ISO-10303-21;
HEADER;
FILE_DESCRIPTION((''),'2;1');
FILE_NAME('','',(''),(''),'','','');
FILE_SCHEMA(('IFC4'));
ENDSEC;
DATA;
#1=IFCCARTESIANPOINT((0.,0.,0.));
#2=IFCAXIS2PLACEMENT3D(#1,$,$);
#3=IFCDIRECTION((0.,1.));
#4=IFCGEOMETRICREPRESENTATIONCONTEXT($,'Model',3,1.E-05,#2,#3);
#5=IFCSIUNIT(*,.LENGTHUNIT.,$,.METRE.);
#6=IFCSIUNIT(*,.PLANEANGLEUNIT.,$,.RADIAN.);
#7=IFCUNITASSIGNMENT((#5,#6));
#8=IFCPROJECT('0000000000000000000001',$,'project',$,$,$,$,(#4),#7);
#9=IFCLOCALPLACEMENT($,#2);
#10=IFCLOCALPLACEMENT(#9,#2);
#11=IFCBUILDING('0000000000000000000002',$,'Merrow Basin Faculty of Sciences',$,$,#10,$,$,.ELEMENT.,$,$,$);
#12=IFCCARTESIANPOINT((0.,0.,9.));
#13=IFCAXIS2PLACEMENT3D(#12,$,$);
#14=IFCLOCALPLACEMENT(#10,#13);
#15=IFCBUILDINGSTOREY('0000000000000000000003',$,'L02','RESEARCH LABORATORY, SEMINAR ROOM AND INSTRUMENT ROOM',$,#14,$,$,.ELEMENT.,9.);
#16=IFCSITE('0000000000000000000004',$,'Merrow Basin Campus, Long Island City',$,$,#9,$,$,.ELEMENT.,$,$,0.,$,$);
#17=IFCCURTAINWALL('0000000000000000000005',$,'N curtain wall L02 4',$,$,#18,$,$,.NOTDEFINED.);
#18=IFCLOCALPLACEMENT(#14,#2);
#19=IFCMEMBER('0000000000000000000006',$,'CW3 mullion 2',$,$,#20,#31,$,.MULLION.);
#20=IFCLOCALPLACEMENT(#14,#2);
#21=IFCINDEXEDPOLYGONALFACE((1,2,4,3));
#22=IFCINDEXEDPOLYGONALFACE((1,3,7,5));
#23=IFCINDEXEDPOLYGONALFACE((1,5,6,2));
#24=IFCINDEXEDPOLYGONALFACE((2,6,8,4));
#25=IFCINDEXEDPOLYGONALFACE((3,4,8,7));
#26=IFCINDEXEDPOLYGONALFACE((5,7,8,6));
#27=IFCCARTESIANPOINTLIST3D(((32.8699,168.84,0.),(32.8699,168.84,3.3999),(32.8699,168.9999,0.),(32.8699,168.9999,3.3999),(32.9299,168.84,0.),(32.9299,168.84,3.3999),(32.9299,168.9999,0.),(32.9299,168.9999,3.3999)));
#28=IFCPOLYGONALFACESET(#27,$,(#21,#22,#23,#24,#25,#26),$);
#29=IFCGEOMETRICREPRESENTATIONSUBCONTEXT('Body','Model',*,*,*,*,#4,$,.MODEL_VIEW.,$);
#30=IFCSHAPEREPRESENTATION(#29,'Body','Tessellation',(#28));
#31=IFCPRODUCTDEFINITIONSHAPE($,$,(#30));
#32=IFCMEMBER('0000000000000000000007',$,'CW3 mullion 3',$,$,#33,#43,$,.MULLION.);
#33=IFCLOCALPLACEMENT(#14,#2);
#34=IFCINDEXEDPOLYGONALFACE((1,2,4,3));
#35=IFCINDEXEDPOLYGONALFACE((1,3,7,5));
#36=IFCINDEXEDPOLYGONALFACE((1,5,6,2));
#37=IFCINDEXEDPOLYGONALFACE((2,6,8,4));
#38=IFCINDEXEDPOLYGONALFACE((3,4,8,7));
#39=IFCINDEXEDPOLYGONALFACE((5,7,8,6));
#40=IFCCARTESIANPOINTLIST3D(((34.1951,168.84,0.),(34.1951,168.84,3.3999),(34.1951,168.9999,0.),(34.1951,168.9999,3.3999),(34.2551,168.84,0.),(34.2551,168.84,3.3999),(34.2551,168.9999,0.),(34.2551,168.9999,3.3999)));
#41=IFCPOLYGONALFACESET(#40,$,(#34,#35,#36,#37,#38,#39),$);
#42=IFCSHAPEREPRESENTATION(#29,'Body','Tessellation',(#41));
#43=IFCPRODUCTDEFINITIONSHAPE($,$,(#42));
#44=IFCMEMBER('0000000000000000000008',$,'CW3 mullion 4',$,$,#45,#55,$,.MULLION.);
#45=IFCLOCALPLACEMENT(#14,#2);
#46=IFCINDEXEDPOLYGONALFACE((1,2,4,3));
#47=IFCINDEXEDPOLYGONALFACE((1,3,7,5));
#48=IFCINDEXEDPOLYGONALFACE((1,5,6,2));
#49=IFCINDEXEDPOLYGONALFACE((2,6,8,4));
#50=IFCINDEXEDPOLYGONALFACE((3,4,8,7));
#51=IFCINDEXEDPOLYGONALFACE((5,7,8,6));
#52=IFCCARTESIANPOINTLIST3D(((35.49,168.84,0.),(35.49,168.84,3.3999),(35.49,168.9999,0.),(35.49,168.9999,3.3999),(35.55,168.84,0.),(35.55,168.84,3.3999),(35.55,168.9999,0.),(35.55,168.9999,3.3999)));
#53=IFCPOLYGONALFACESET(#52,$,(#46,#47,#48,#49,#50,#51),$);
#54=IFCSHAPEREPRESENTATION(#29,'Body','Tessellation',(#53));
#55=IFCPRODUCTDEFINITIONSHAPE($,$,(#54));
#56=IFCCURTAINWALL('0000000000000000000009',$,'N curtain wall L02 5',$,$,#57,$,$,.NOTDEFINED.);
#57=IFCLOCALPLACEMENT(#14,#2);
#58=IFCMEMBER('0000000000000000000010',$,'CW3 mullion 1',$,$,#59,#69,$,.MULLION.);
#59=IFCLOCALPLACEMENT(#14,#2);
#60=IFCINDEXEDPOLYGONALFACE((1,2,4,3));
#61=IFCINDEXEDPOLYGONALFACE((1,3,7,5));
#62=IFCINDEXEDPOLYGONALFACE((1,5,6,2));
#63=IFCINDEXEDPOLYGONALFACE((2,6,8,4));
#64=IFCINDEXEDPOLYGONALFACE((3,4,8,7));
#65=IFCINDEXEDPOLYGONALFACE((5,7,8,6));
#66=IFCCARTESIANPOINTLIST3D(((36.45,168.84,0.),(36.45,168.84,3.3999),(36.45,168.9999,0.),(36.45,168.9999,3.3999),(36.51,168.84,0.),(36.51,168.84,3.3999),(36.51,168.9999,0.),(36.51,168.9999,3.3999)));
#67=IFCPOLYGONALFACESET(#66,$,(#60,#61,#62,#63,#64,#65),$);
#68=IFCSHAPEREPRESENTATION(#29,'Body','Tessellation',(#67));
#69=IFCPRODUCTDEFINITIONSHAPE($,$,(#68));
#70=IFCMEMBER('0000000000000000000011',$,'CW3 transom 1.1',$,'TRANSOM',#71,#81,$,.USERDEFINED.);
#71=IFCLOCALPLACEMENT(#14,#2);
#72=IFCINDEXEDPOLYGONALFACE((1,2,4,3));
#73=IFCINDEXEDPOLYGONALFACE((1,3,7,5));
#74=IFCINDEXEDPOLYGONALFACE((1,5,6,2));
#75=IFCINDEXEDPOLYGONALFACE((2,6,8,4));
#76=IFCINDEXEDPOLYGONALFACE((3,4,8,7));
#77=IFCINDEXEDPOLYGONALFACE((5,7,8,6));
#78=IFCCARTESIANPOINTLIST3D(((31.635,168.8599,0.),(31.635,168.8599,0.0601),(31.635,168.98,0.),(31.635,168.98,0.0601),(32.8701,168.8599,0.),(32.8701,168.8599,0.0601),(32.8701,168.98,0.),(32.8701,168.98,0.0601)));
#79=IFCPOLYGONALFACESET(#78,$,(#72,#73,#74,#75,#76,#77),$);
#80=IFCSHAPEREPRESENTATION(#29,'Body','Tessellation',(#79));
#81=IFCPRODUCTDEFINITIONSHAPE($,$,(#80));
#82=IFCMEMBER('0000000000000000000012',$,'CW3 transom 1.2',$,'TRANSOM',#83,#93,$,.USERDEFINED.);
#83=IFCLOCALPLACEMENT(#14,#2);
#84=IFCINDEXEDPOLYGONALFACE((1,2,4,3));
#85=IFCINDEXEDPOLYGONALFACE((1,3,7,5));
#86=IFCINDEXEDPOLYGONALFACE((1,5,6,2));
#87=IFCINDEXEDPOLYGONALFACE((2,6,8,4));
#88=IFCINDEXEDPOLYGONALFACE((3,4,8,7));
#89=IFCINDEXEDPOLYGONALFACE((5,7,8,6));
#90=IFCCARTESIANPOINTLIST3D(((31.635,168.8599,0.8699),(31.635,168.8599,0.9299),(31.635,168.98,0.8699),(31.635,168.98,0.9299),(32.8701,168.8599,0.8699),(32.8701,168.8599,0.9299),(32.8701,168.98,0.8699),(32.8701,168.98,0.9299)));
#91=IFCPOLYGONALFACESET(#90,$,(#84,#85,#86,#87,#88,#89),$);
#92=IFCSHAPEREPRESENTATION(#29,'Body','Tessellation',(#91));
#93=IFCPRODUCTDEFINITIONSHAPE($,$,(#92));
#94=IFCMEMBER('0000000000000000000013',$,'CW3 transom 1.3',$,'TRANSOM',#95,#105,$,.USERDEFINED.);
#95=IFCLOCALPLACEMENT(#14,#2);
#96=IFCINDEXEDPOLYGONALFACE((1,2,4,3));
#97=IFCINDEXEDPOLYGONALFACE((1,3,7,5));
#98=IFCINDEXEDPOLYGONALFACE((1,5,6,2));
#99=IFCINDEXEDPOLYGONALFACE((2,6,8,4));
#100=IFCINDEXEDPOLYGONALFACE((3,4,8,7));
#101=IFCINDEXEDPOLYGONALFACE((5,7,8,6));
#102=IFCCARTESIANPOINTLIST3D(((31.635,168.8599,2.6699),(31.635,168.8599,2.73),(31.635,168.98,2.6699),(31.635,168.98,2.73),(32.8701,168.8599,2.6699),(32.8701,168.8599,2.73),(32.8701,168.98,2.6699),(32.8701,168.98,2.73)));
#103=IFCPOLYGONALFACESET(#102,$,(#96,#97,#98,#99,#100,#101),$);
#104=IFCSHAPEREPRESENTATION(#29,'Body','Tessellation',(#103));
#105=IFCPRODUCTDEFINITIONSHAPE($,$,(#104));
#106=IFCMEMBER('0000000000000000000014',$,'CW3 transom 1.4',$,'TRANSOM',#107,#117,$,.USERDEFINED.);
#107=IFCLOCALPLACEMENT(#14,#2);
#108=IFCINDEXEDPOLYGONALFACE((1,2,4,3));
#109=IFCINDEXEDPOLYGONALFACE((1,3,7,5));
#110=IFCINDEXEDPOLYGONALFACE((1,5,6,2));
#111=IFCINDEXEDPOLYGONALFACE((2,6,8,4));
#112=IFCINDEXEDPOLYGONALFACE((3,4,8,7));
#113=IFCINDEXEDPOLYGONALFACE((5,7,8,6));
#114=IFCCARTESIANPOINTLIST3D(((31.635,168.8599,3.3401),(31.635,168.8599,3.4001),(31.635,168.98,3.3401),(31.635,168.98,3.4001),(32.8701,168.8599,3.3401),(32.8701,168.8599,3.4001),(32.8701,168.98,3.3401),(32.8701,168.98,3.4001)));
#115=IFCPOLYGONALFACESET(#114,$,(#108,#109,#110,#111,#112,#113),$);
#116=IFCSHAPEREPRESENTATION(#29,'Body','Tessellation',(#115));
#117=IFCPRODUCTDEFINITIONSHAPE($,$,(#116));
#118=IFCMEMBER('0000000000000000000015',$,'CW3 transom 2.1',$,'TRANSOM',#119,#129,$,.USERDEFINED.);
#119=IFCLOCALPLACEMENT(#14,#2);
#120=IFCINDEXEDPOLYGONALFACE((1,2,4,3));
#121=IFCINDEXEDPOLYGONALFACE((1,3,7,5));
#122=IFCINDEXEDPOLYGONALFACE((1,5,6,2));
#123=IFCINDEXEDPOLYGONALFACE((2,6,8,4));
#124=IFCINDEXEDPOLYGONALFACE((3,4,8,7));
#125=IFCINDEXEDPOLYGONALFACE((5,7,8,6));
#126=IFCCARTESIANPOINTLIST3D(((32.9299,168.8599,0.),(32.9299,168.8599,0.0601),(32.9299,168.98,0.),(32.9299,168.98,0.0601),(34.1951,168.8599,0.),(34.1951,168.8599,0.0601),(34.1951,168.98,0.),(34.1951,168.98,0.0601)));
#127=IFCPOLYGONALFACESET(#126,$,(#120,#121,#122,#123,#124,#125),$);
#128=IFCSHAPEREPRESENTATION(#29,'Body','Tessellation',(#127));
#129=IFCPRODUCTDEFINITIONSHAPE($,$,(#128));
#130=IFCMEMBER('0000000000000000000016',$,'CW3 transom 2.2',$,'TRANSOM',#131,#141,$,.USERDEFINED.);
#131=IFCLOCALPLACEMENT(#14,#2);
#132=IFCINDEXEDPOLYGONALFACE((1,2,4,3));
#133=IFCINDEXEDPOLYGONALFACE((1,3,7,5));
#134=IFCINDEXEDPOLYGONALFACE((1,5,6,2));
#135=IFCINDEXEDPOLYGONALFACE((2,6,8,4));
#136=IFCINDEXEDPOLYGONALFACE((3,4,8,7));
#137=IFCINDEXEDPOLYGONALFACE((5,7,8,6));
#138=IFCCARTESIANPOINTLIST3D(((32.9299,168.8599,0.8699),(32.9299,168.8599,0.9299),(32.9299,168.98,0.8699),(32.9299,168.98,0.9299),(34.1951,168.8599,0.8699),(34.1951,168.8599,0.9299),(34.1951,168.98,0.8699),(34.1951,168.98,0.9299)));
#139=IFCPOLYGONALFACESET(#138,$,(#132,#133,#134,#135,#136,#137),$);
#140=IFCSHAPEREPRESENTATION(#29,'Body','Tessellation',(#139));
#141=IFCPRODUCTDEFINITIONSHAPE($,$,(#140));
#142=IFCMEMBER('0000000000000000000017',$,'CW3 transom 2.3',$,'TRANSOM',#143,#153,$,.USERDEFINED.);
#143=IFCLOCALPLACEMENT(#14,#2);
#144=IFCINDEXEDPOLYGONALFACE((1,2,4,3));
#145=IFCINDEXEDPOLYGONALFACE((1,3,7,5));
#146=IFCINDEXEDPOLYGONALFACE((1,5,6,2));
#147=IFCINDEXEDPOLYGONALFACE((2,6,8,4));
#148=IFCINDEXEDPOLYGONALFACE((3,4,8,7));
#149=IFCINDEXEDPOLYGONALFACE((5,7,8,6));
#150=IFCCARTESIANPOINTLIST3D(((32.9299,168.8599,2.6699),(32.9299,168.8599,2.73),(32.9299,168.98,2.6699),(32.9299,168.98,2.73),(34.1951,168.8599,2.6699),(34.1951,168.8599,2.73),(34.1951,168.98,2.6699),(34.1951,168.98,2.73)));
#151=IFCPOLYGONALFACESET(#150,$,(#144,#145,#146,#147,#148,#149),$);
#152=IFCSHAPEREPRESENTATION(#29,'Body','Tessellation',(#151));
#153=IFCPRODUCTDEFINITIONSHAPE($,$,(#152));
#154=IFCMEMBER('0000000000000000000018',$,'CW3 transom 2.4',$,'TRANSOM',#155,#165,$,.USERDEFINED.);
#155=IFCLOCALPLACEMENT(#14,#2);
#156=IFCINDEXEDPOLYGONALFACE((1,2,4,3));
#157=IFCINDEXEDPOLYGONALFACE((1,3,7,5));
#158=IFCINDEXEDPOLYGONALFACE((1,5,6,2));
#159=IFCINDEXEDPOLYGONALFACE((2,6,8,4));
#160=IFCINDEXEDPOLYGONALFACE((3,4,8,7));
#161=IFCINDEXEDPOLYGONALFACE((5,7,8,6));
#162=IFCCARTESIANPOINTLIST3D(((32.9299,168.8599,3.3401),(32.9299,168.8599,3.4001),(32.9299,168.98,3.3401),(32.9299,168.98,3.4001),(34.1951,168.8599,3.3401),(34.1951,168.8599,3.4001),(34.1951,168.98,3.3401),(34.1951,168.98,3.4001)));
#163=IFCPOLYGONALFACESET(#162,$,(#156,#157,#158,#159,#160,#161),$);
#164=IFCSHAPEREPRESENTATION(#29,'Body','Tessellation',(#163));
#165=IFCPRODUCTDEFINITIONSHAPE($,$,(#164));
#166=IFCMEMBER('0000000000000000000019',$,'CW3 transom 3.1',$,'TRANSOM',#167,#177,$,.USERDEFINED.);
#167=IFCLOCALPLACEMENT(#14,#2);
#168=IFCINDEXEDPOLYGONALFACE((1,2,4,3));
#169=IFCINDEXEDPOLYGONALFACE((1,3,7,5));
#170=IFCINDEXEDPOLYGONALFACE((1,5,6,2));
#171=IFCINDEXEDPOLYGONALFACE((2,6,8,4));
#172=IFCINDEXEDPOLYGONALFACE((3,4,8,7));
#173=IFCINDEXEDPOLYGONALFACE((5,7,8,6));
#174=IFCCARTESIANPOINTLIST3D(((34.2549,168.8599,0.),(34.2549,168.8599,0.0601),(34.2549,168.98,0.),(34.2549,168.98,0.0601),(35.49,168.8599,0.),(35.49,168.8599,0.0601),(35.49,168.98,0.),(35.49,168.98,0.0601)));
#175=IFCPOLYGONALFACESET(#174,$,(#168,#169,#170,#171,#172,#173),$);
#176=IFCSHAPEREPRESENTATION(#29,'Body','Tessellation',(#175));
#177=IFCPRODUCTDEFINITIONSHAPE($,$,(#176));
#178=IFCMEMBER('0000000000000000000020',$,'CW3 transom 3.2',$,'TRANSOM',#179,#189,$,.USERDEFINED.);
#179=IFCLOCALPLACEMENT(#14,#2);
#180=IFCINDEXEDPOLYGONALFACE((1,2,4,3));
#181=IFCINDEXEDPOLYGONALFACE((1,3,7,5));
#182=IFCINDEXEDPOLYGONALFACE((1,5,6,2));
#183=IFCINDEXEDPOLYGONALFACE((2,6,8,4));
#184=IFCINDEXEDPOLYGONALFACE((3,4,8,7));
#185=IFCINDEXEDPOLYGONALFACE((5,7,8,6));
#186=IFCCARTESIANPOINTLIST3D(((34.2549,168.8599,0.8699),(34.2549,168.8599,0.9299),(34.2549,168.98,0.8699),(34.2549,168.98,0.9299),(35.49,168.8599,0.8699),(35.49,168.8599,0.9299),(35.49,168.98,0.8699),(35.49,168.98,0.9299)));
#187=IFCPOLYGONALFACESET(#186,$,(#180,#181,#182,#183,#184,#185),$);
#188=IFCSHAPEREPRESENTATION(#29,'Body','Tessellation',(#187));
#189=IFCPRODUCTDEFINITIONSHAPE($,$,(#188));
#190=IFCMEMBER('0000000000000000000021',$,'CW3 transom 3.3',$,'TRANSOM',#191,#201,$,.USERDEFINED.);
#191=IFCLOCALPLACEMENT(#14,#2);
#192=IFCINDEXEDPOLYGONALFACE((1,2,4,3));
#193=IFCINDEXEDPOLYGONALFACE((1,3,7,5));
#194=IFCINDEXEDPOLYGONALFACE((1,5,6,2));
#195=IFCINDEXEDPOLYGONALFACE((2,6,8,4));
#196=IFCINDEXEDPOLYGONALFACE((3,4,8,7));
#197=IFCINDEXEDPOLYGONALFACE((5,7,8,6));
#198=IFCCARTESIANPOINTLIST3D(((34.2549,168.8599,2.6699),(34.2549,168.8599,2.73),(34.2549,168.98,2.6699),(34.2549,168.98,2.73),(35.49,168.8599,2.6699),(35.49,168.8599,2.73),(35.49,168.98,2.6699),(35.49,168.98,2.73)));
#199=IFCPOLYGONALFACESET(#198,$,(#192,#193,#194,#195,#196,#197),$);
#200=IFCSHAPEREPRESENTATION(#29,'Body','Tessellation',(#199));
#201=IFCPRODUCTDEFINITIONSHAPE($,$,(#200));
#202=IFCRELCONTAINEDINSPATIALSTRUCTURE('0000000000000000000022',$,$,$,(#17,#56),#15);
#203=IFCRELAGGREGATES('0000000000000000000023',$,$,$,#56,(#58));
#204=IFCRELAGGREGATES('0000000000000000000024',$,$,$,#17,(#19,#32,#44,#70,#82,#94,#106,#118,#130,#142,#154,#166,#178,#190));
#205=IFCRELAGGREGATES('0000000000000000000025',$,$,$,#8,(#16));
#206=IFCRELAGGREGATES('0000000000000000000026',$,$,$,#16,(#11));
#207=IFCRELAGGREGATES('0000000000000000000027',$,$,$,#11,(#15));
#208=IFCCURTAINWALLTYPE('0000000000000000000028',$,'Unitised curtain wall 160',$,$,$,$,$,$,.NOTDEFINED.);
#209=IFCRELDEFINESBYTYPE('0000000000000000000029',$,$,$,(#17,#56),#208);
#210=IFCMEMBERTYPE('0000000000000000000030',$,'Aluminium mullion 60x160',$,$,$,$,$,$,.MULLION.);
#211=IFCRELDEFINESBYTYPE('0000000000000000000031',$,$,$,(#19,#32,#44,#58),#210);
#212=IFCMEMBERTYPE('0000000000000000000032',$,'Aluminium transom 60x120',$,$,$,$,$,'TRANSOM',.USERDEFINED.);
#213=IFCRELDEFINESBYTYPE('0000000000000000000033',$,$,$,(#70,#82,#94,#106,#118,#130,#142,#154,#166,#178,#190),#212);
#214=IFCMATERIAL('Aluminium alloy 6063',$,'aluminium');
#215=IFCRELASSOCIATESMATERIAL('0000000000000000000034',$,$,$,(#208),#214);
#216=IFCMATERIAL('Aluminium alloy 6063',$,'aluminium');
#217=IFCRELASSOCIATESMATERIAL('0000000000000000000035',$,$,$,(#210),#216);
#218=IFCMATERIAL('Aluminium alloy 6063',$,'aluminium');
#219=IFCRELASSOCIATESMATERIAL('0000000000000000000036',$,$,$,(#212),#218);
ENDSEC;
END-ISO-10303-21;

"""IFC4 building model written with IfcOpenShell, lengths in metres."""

from ifc_helpers import new_model, si_unit, direction, frame, origin, origin_2d, place, context, subcontext, project, spatial, rectangle, extrude, material, material_profile, profile_set, type_object, element, aggregate, save


model = new_model("IFC4")

# Units and contexts
model_context = context("Model", 3, precision=1e-05, world=origin(), true_north=direction((0.0, 1.0)))
body_context = subcontext(model_context, "Body", "Model", "MODEL_VIEW")
ifc_project = project(units=[si_unit("LENGTHUNIT", "METRE"), si_unit("PLANEANGLEUNIT", "RADIAN")], contexts=[model_context])

# Site, building, storey
site_placement = place(None, origin())
site = spatial("IfcSite", under=ifc_project, at=site_placement, Name="Merrow Basin Campus, Long Island City", CompositionType="ELEMENT", RefElevation=0.0)
building_placement = place(site_placement, origin())
building = spatial("IfcBuilding", under=site, at=building_placement, Name="Merrow Basin Faculty of Sciences", CompositionType="ELEMENT")
storey_placement = place(building_placement, frame((0.0, 0.0, 9.0)))
storey = spatial("IfcBuildingStorey", under=building, at=storey_placement, Name="L02", Description="RESEARCH LABORATORY, SEMINAR ROOM AND INSTRUMENT ROOM", CompositionType="ELEMENT", Elevation=9.0)

# Curtain wall, members
ifc_material_1 = material(Name="Aluminium alloy 6063", Category="aluminium")
curtain_wall_type = type_object("IfcCurtainWallType", Name="Unitised curtain wall 160", PredefinedType="NOTDEFINED", material=ifc_material_1)
curtain_wall_1_placement = place(storey_placement, origin())
curtain_wall_1 = element("IfcCurtainWall", 1, at=curtain_wall_1_placement, inside=storey, type_object=curtain_wall_type, Name="N curtain wall L02 4", PredefinedType="NOTDEFINED")
ifc_material_2 = material(Name="Aluminium alloy 6063", Category="aluminium")
ifc_material_profile_1 = material_profile(ifc_material_2, rectangle(XDim=0.1599, YDim=0.0601, at=origin_2d()))
ifc_profile_set_1 = profile_set([ifc_material_profile_1], Name="Aluminium alloy 6063")
member_type_1 = type_object("IfcMemberType", Name="Aluminium mullion 60x160", PredefinedType="MULLION", material=ifc_profile_set_1)
member_1_placement = place(storey_placement, frame((32.8999, 168.9199, 0.0), z_axis=(0.0, 0.0, 1.0), x_axis=(0.0, 1.0, 0.0)))
member_1 = element("IfcMember", 2, at=member_1_placement, type_object=member_type_1, Name="CW3 mullion 2", PredefinedType="MULLION", context=body_context, shape_type="SweptSolid", body=[
    extrude(rectangle(XDim=0.1599, YDim=0.0601, at=origin_2d()), origin(), (0.0, 0.0, 1.0), 3.3999),
])
member_2_placement = place(storey_placement, frame((34.2251, 168.9199, 0.0), z_axis=(0.0, 0.0, 1.0), x_axis=(0.0, 1.0, 0.0)))
member_2 = element("IfcMember", 3, at=member_2_placement, type_object=member_type_1, Name="CW3 mullion 3", PredefinedType="MULLION", context=body_context, shape_type="SweptSolid", body=[
    extrude(rectangle(XDim=0.1599, YDim=0.0601, at=origin_2d()), origin(), (0.0, 0.0, 1.0), 3.3999),
])
member_3_placement = place(storey_placement, frame((35.52, 168.9199, 0.0), z_axis=(0.0, 0.0, 1.0), x_axis=(0.0, 1.0, 0.0)))
member_3 = element("IfcMember", 4, at=member_3_placement, type_object=member_type_1, Name="CW3 mullion 4", PredefinedType="MULLION", context=body_context, shape_type="SweptSolid", body=[
    extrude(rectangle(XDim=0.1599, YDim=0.0601, at=origin_2d()), origin(), (0.0, 0.0, 1.0), 3.3999),
])

# Curtain wall, member
curtain_wall_2_placement = place(storey_placement, origin())
curtain_wall_2 = element("IfcCurtainWall", 5, at=curtain_wall_2_placement, inside=storey, type_object=curtain_wall_type, Name="N curtain wall L02 5", PredefinedType="NOTDEFINED")
member_4_placement = place(storey_placement, frame((36.48, 168.9199, 0.0), z_axis=(0.0, 0.0, 1.0), x_axis=(0.0, 1.0, 0.0)))
member_4 = element("IfcMember", 6, at=member_4_placement, type_object=member_type_1, Name="CW3 mullion 1", PredefinedType="MULLION", context=body_context, shape_type="SweptSolid", body=[
    extrude(rectangle(XDim=0.1599, YDim=0.0601, at=origin_2d()), origin(), (0.0, 0.0, 1.0), 3.3999),
])

# Members
ifc_material_3 = material(Name="Aluminium alloy 6063", Category="aluminium")
ifc_material_profile_2 = material_profile(ifc_material_3, rectangle(XDim=0.1201, YDim=0.0601, at=origin_2d()))
ifc_profile_set_2 = profile_set([ifc_material_profile_2], Name="Aluminium alloy 6063")
member_type_2 = type_object("IfcMemberType", Name="Aluminium transom 60x120", ElementType="TRANSOM", PredefinedType="USERDEFINED", material=ifc_profile_set_2)
member_5_placement = place(storey_placement, frame((31.635, 168.9199, 0.03), z_axis=(1.0, 0.0, 0.0), x_axis=(0.0, 1.0, 0.0)))
member_5 = element("IfcMember", 7, at=member_5_placement, type_object=member_type_2, Name="CW3 transom 1.1", ObjectType="TRANSOM", PredefinedType="USERDEFINED", context=body_context, shape_type="SweptSolid", body=[
    extrude(rectangle(XDim=0.1201, YDim=0.0601, at=origin_2d()), origin(), (0.0, 0.0, 1.0), 1.2351),
])
member_6_placement = place(storey_placement, frame((31.635, 168.9199, 0.8999), z_axis=(1.0, 0.0, 0.0), x_axis=(0.0, 1.0, 0.0)))
member_6 = element("IfcMember", 8, at=member_6_placement, type_object=member_type_2, Name="CW3 transom 1.2", ObjectType="TRANSOM", PredefinedType="USERDEFINED", context=body_context, shape_type="SweptSolid", body=[
    extrude(rectangle(XDim=0.1201, YDim=0.0601, at=origin_2d()), origin(), (0.0, 0.0, 1.0), 1.2351),
])
member_7_placement = place(storey_placement, frame((31.635, 168.9199, 2.7), z_axis=(1.0, 0.0, 0.0), x_axis=(0.0, 1.0, 0.0)))
member_7 = element("IfcMember", 9, at=member_7_placement, type_object=member_type_2, Name="CW3 transom 1.3", ObjectType="TRANSOM", PredefinedType="USERDEFINED", context=body_context, shape_type="SweptSolid", body=[
    extrude(rectangle(XDim=0.1201, YDim=0.0601, at=origin_2d()), origin(), (0.0, 0.0, 1.0), 1.2351),
])
member_8_placement = place(storey_placement, frame((31.635, 168.9199, 3.3701), z_axis=(1.0, 0.0, 0.0), x_axis=(0.0, 1.0, 0.0)))
member_8 = element("IfcMember", 10, at=member_8_placement, type_object=member_type_2, Name="CW3 transom 1.4", ObjectType="TRANSOM", PredefinedType="USERDEFINED", context=body_context, shape_type="SweptSolid", body=[
    extrude(rectangle(XDim=0.1201, YDim=0.0601, at=origin_2d()), origin(), (0.0, 0.0, 1.0), 1.2351),
])
member_9_placement = place(storey_placement, frame((32.9299, 168.9199, 0.03), z_axis=(1.0, 0.0, 0.0), x_axis=(0.0, 1.0, 0.0)))
member_9 = element("IfcMember", 11, at=member_9_placement, type_object=member_type_2, Name="CW3 transom 2.1", ObjectType="TRANSOM", PredefinedType="USERDEFINED", context=body_context, shape_type="SweptSolid", body=[
    extrude(rectangle(XDim=0.1201, YDim=0.0601, at=origin_2d()), origin(), (0.0, 0.0, 1.0), 1.2651),
])
member_10_placement = place(storey_placement, frame((32.9299, 168.9199, 0.8999), z_axis=(1.0, 0.0, 0.0), x_axis=(0.0, 1.0, 0.0)))
member_10 = element("IfcMember", 12, at=member_10_placement, type_object=member_type_2, Name="CW3 transom 2.2", ObjectType="TRANSOM", PredefinedType="USERDEFINED", context=body_context, shape_type="SweptSolid", body=[
    extrude(rectangle(XDim=0.1201, YDim=0.0601, at=origin_2d()), origin(), (0.0, 0.0, 1.0), 1.2651),
])
member_11_placement = place(storey_placement, frame((32.9299, 168.9199, 2.7), z_axis=(1.0, 0.0, 0.0), x_axis=(0.0, 1.0, 0.0)))
member_11 = element("IfcMember", 13, at=member_11_placement, type_object=member_type_2, Name="CW3 transom 2.3", ObjectType="TRANSOM", PredefinedType="USERDEFINED", context=body_context, shape_type="SweptSolid", body=[
    extrude(rectangle(XDim=0.1201, YDim=0.0601, at=origin_2d()), origin(), (0.0, 0.0, 1.0), 1.2651),
])
member_12_placement = place(storey_placement, frame((32.9299, 168.9199, 3.3701), z_axis=(1.0, 0.0, 0.0), x_axis=(0.0, 1.0, 0.0)))
member_12 = element("IfcMember", 14, at=member_12_placement, type_object=member_type_2, Name="CW3 transom 2.4", ObjectType="TRANSOM", PredefinedType="USERDEFINED", context=body_context, shape_type="SweptSolid", body=[
    extrude(rectangle(XDim=0.1201, YDim=0.0601, at=origin_2d()), origin(), (0.0, 0.0, 1.0), 1.2651),
])
member_13_placement = place(storey_placement, frame((34.2549, 168.9199, 0.03), z_axis=(1.0, 0.0, 0.0), x_axis=(0.0, 1.0, 0.0)))
member_13 = element("IfcMember", 15, at=member_13_placement, type_object=member_type_2, Name="CW3 transom 3.1", ObjectType="TRANSOM", PredefinedType="USERDEFINED", context=body_context, shape_type="SweptSolid", body=[
    extrude(rectangle(XDim=0.1201, YDim=0.0601, at=origin_2d()), origin(), (0.0, 0.0, 1.0), 1.2351),
])
member_14_placement = place(storey_placement, frame((34.2549, 168.9199, 0.8999), z_axis=(1.0, 0.0, 0.0), x_axis=(0.0, 1.0, 0.0)))
member_14 = element("IfcMember", 16, at=member_14_placement, type_object=member_type_2, Name="CW3 transom 3.2", ObjectType="TRANSOM", PredefinedType="USERDEFINED", context=body_context, shape_type="SweptSolid", body=[
    extrude(rectangle(XDim=0.1201, YDim=0.0601, at=origin_2d()), origin(), (0.0, 0.0, 1.0), 1.2351),
])
member_15_placement = place(storey_placement, frame((34.2549, 168.9199, 2.7), z_axis=(1.0, 0.0, 0.0), x_axis=(0.0, 1.0, 0.0)))
member_15 = element("IfcMember", 17, at=member_15_placement, type_object=member_type_2, Name="CW3 transom 3.3", ObjectType="TRANSOM", PredefinedType="USERDEFINED", context=body_context, shape_type="SweptSolid", body=[
    extrude(rectangle(XDim=0.1201, YDim=0.0601, at=origin_2d()), origin(), (0.0, 0.0, 1.0), 1.2351),
])
aggregate(curtain_wall_2, [member_4])

aggregate(curtain_wall_1, [member_1, member_2, member_3, member_5, member_6, member_7, member_8, member_9, member_10, member_11, member_12, member_13, member_14, member_15])

save(model, "model.ifc")
